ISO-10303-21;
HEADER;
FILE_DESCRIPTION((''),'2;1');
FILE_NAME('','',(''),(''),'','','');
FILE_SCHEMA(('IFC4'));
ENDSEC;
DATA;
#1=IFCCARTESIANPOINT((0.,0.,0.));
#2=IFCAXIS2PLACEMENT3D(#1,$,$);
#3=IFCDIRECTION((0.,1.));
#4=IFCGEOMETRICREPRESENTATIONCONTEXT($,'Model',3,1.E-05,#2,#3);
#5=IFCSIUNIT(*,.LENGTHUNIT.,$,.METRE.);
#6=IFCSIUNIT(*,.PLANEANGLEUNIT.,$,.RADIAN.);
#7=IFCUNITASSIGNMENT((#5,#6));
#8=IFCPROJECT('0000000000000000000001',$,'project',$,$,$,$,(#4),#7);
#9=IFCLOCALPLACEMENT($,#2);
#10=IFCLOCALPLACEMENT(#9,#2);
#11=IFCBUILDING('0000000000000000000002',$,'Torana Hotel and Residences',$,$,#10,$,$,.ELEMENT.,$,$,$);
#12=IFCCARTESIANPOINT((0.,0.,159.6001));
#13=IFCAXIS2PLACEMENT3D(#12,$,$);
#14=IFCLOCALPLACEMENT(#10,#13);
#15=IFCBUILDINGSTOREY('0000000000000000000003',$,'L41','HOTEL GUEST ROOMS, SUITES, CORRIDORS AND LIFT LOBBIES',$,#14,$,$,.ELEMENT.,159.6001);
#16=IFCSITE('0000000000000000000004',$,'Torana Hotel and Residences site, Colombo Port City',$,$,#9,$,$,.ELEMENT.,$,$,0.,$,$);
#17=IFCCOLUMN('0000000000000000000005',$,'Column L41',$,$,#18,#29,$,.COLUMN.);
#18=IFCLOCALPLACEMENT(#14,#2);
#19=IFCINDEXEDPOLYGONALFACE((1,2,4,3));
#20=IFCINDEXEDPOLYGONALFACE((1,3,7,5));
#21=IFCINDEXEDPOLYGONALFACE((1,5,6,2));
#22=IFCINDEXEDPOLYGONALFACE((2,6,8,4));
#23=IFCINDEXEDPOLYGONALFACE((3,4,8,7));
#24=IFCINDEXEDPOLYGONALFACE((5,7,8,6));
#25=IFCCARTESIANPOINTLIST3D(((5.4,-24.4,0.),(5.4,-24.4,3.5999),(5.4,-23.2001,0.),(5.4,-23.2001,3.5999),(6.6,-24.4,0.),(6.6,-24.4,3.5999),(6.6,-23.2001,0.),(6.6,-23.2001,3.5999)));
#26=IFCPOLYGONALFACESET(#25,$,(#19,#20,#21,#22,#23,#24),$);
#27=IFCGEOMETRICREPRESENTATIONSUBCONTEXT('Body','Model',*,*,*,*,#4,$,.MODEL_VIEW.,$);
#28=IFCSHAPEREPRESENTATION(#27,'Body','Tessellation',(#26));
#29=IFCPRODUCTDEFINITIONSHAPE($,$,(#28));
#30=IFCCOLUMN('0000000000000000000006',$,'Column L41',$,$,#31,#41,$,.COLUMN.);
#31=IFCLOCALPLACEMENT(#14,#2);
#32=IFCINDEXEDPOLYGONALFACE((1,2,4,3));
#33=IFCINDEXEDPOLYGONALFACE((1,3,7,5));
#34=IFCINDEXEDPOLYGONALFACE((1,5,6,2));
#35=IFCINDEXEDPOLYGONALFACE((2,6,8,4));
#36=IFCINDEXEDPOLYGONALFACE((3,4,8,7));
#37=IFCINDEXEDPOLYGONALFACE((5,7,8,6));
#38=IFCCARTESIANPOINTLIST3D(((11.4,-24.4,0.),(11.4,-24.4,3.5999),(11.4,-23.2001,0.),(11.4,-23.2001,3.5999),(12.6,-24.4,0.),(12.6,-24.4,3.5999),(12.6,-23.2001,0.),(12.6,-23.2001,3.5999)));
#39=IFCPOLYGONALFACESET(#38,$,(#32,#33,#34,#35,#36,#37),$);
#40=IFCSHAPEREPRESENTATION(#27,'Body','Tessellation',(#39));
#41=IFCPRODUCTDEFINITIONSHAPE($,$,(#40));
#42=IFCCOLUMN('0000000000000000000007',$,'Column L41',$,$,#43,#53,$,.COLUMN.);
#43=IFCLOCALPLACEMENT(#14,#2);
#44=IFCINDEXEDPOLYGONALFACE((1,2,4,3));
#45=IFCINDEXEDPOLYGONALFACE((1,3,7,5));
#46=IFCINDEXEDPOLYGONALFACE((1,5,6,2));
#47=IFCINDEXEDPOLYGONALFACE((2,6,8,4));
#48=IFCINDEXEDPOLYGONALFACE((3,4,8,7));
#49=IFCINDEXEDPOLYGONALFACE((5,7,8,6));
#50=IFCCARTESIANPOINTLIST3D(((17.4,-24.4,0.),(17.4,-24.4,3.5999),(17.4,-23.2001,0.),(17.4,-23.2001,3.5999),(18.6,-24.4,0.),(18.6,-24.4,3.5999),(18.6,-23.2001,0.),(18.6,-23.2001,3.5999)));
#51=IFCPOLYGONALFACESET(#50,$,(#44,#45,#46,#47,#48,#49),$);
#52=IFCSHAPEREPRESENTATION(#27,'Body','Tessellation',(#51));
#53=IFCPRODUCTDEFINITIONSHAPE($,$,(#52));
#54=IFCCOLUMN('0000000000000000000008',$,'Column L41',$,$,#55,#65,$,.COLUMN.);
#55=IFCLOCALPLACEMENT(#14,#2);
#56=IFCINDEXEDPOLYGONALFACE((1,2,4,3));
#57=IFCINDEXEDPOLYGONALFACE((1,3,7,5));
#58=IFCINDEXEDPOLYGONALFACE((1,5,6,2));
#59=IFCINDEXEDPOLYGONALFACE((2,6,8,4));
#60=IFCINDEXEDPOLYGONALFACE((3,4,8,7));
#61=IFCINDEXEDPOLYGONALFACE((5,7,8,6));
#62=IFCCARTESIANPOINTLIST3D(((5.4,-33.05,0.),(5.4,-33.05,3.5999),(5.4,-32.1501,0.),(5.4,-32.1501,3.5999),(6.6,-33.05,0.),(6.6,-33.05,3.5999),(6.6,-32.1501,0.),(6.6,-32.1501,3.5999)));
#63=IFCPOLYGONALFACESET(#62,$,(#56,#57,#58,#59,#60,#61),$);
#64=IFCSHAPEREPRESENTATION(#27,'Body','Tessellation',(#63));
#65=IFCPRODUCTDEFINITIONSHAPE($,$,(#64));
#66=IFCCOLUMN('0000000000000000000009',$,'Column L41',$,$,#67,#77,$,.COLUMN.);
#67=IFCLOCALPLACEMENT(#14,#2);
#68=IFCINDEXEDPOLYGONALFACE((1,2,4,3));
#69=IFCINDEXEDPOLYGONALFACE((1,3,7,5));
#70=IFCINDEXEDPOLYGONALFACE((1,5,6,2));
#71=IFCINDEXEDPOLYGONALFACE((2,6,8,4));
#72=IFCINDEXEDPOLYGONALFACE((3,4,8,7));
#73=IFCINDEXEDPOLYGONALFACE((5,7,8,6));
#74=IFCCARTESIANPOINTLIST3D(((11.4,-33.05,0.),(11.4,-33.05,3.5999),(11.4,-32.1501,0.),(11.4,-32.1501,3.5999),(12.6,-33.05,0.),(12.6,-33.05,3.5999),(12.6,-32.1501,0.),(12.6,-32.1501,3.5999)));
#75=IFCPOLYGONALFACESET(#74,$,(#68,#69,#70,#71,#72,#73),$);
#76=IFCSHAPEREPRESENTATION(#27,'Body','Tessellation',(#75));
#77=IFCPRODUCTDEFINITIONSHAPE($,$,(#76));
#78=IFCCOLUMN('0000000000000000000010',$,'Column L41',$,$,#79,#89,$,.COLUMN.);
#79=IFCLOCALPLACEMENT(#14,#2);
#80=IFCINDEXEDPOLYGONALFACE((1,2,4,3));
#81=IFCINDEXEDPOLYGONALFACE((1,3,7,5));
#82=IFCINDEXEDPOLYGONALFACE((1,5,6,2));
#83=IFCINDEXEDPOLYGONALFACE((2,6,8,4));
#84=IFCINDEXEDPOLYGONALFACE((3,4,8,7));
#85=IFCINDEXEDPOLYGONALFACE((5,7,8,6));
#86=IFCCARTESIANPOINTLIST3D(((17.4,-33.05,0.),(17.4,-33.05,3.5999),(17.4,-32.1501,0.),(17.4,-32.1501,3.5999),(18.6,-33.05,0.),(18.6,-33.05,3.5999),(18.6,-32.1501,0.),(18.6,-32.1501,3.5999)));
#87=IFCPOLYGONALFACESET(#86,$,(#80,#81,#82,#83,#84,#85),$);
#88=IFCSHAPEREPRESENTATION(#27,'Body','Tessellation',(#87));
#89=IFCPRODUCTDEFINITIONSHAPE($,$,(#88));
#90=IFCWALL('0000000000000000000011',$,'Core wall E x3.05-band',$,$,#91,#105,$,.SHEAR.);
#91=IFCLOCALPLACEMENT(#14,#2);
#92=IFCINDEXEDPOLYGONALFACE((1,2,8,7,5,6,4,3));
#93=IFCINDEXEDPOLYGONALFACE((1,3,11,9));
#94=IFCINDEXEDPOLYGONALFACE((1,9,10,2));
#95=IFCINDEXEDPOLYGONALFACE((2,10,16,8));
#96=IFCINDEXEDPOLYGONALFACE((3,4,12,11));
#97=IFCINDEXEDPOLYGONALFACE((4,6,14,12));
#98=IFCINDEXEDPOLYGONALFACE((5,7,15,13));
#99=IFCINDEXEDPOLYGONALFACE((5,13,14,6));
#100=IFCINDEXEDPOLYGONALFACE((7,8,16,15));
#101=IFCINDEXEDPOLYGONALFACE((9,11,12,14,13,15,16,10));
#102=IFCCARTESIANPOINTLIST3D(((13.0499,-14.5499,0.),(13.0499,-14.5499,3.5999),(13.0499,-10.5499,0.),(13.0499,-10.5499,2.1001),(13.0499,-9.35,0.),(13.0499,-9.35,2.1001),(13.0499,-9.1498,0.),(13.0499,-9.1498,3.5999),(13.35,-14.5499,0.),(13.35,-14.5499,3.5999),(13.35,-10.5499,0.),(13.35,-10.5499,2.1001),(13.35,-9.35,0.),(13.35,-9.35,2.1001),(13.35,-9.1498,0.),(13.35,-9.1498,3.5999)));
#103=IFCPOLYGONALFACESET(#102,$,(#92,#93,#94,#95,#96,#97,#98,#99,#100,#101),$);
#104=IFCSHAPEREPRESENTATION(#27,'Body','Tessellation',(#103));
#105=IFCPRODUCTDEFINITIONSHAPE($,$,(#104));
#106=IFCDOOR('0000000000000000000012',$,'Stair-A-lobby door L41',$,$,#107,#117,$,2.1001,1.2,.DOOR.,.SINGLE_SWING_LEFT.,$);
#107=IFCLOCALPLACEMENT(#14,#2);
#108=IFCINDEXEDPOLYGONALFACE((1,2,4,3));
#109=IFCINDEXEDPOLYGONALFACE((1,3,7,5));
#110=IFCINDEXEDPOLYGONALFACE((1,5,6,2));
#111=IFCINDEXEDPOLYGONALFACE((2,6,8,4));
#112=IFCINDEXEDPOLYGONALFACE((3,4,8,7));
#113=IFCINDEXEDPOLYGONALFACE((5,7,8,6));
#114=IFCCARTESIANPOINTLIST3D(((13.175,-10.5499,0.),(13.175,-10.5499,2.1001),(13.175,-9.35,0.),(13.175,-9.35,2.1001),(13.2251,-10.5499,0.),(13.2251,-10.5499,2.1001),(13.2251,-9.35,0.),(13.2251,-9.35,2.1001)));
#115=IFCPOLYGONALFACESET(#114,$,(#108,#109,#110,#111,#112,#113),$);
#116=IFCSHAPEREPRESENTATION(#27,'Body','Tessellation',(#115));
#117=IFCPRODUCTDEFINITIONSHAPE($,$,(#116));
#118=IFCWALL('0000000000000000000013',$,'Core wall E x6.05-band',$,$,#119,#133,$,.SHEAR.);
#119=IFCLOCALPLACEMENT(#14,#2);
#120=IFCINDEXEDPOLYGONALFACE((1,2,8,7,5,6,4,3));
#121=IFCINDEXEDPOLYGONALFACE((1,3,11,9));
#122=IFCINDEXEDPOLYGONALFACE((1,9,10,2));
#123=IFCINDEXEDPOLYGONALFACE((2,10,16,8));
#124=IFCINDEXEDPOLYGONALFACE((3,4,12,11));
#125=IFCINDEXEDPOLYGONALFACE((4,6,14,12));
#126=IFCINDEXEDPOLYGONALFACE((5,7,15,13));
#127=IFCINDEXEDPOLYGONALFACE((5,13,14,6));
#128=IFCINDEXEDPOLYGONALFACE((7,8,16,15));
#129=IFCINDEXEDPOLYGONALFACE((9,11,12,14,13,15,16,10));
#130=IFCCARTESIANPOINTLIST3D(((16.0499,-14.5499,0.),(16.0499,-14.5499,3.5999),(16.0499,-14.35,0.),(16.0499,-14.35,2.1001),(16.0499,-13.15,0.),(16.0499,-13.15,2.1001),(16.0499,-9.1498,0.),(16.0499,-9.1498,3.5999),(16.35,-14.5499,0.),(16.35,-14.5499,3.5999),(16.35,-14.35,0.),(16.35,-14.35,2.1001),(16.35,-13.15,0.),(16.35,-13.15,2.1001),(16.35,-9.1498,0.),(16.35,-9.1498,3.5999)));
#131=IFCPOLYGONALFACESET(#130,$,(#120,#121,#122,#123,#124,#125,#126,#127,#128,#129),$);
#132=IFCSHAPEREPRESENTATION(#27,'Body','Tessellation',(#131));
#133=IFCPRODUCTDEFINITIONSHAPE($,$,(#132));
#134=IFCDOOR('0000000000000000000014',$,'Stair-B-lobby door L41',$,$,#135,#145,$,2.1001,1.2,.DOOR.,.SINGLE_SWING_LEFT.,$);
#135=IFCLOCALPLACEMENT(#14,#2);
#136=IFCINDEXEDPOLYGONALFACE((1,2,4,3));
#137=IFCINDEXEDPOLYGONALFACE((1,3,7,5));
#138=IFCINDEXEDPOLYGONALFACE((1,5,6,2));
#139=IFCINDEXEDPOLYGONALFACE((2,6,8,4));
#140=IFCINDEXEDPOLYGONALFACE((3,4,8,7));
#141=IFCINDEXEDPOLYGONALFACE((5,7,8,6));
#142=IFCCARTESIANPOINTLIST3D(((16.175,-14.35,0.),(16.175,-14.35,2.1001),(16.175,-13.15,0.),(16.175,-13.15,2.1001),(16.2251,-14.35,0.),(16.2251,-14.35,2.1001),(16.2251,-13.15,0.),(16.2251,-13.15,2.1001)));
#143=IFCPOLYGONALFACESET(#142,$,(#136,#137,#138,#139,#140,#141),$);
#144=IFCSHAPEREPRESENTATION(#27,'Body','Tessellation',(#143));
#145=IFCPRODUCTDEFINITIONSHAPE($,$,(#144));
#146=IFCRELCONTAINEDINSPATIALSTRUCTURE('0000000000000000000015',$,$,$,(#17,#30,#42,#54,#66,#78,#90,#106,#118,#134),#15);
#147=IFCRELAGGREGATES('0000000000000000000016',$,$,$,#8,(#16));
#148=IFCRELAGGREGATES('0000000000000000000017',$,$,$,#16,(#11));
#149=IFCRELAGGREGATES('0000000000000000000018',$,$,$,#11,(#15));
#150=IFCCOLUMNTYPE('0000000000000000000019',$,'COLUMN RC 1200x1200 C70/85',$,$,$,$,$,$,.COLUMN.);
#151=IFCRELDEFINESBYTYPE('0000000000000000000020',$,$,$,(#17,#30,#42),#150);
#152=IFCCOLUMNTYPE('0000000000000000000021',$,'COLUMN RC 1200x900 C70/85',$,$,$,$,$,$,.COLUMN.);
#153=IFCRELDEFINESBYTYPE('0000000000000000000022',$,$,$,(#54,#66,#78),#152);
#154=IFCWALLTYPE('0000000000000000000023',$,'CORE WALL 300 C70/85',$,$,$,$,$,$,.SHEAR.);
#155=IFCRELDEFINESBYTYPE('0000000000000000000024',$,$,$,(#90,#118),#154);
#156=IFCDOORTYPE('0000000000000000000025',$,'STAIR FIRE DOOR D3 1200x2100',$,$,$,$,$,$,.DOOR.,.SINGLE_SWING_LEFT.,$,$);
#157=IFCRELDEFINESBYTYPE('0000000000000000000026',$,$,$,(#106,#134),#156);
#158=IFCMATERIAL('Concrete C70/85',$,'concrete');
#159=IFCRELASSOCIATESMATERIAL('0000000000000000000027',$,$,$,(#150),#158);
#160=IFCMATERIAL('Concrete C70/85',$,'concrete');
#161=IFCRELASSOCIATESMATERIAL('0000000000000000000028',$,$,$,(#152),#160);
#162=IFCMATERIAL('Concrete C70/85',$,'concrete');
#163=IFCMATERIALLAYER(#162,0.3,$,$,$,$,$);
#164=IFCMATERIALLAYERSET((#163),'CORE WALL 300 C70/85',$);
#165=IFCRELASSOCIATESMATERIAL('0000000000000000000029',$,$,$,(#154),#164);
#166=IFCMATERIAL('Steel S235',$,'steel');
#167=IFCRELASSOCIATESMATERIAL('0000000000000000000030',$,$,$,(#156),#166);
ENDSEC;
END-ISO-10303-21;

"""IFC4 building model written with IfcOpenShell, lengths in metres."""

from ifc_helpers import new_model, si_unit, direction, frame, frame_2d, origin, origin_2d, place, context, subcontext, project, spatial, rectangle, extrude, material, layer, layer_set, material_profile, profile_set, type_object, element, fill, save


model = new_model("IFC4")

# Units and contexts
model_context = context("Model", 3, precision=1e-05, world=origin(), true_north=direction((0.0, 1.0)))
body_context = subcontext(model_context, "Body", "Model", "MODEL_VIEW")
ifc_project = project(units=[si_unit("LENGTHUNIT", "METRE"), si_unit("PLANEANGLEUNIT", "RADIAN")], contexts=[model_context])

# Site, building, storey
site_placement = place(None, origin())
site = spatial("IfcSite", under=ifc_project, at=site_placement, Name="Torana Hotel and Residences site, Colombo Port City", CompositionType="ELEMENT", RefElevation=0.0)
building_placement = place(site_placement, origin())
building = spatial("IfcBuilding", under=site, at=building_placement, Name="Torana Hotel and Residences", CompositionType="ELEMENT")
storey_placement = place(building_placement, frame((0.0, 0.0, 159.6001)))
storey = spatial("IfcBuildingStorey", under=building, at=storey_placement, Name="L41", Description="HOTEL GUEST ROOMS, SUITES, CORRIDORS AND LIFT LOBBIES", CompositionType="ELEMENT", Elevation=159.6001)

# Columns
ifc_material_1 = material(Name="Concrete C70/85", Category="concrete")
ifc_material_profile_1 = material_profile(ifc_material_1, rectangle(XDim=1.2, YDim=1.2, at=origin_2d()), Name="RC 1200x1200")
ifc_profile_set_1 = profile_set([ifc_material_profile_1], Name="Concrete C70/85")
column_type_1 = type_object("IfcColumnType", Name="COLUMN RC 1200x1200 C70/85", PredefinedType="COLUMN", material=ifc_profile_set_1)
for number, where, z_axis, x_axis, name in (
    (1, (6.0, -23.8, 0.0), (0.0, 0.0, 1.0), (1.0, 0.0, 0.0), "Column L41"),
    (2, (12.0, -23.8, 0.0), (0.0, 0.0, 1.0), (1.0, 0.0, 0.0), "Column L41"),
    (3, (18.0, -23.8, 0.0), (0.0, 0.0, 1.0), (1.0, 0.0, 0.0), "Column L41"),
):
    element("IfcColumn", number, at=place(storey_placement, frame(where, z_axis=z_axis, x_axis=x_axis)), inside=storey, type_object=column_type_1, Name=name, PredefinedType="COLUMN", context=body_context, shape_type="SweptSolid", body=[
        extrude(rectangle(XDim=1.2, YDim=1.2, at=origin_2d()), origin(), (0.0, 0.0, 1.0), 3.5999),
    ])
ifc_material_2 = material(Name="Concrete C70/85", Category="concrete")
ifc_material_profile_2 = material_profile(ifc_material_2, rectangle(XDim=1.2, YDim=0.8999, at=origin_2d()), Name="RC 1200x900")
ifc_profile_set_2 = profile_set([ifc_material_profile_2], Name="Concrete C70/85")
column_type_2 = type_object("IfcColumnType", Name="COLUMN RC 1200x900 C70/85", PredefinedType="COLUMN", material=ifc_profile_set_2)
for number, where, z_axis, x_axis, name in (
    (4, (6.0, -32.6001, 0.0), (0.0, 0.0, 1.0), (1.0, 0.0, 0.0), "Column L41"),
    (5, (12.0, -32.6001, 0.0), (0.0, 0.0, 1.0), (1.0, 0.0, 0.0), "Column L41"),
    (6, (18.0, -32.6001, 0.0), (0.0, 0.0, 1.0), (1.0, 0.0, 0.0), "Column L41"),
):
    element("IfcColumn", number, at=place(storey_placement, frame(where, z_axis=z_axis, x_axis=x_axis)), inside=storey, type_object=column_type_2, Name=name, PredefinedType="COLUMN", context=body_context, shape_type="SweptSolid", body=[
        extrude(rectangle(XDim=1.2, YDim=0.8999, at=origin_2d()), origin(), (0.0, 0.0, 1.0), 3.5999),
    ])

# Walls, openings, doors
ifc_material_3 = material(Name="Concrete C70/85", Category="concrete")
ifc_layer_1 = layer(ifc_material_3, 0.3)
ifc_layer_set_1 = layer_set([ifc_layer_1], Name="CORE WALL 300 C70/85")
wall_type_1 = type_object("IfcWallType", Name="CORE WALL 300 C70/85", PredefinedType="SHEAR", material=ifc_layer_set_1)
wall_1_placement = place(storey_placement, frame((13.2, -14.55, 0.0), z_axis=(0.0, 0.0, 1.0), x_axis=(0.0, 1.0, 0.0)))
wall_1 = element("IfcWall", 7, at=wall_1_placement, inside=storey, type_object=wall_type_1, Name="Core wall E x3.05-band", PredefinedType="SHEAR", context=body_context, shape_type="SweptSolid", body=[
    extrude(rectangle(XDim=5.4001, YDim=0.3, at=frame_2d((2.7002, 0.0))), origin(), (0.0, 0.0, 1.0), 3.5999),
])
opening_1_placement = place(wall_1_placement, frame((4.0, 0.0, 0.0)))
opening_1 = element("IfcOpeningElement", 8, at=opening_1_placement, cuts=wall_1, PredefinedType="OPENING", context=body_context, shape_type="SweptSolid", body=[
    extrude(rectangle(XDim=1.2, YDim=2.1001, at=frame_2d((0.6001, 1.05))), frame((0.0, 0.1599, 0.0), z_axis=(0.0, -1.0, 0.0), x_axis=(1.0, 0.0, 0.0)), (0.0, 0.0, 1.0), 0.3201),
])
ifc_material_4 = material(Name="Steel S235", Category="steel")
door_type_1 = type_object("IfcDoorType", Name="STAIR FIRE DOOR D3 1200x2100", OperationType="SINGLE_SWING_LEFT", PredefinedType="DOOR", material=ifc_material_4)
door_1_placement = place(opening_1_placement, origin())
door_1 = element("IfcDoor", 9, at=door_1_placement, inside=storey, type_object=door_type_1, Name="Stair-A-lobby door L41", OperationType="SINGLE_SWING_LEFT", OverallHeight=2.1001, OverallWidth=1.2, PredefinedType="DOOR", context=body_context, shape_type="SweptSolid", body=[
    extrude(rectangle(XDim=1.2, YDim=2.1001, at=frame_2d((0.6001, 1.05))), frame((0.0, 0.0249, 0.0), z_axis=(0.0, -1.0, 0.0), x_axis=(1.0, 0.0, 0.0)), (0.0, 0.0, 1.0), 0.05),
])
fill(opening_1, door_1)
wall_2_placement = place(storey_placement, frame((16.2, -14.55, 0.0), z_axis=(0.0, 0.0, 1.0), x_axis=(0.0, 1.0, 0.0)))
wall_2 = element("IfcWall", 10, at=wall_2_placement, inside=storey, type_object=wall_type_1, Name="Core wall E x6.05-band", PredefinedType="SHEAR", context=body_context, shape_type="SweptSolid", body=[
    extrude(rectangle(XDim=5.4001, YDim=0.3, at=frame_2d((2.7002, 0.0))), origin(), (0.0, 0.0, 1.0), 3.5999),
])
opening_2_placement = place(wall_2_placement, frame((0.2, 0.0, 0.0)))
opening_2 = element("IfcOpeningElement", 11, at=opening_2_placement, cuts=wall_2, PredefinedType="OPENING", context=body_context, shape_type="SweptSolid", body=[
    extrude(rectangle(XDim=1.2, YDim=2.1001, at=frame_2d((0.6001, 1.05))), frame((0.0, 0.1599, 0.0), z_axis=(0.0, -1.0, 0.0), x_axis=(1.0, 0.0, 0.0)), (0.0, 0.0, 1.0), 0.3201),
])
door_2_placement = place(opening_2_placement, frame((0.6001, 0.0, 0.0), z_axis=(0.0, 0.0, 1.0), x_axis=(-1.0, 0.0, 0.0)))
door_2 = element("IfcDoor", 12, at=door_2_placement, inside=storey, type_object=door_type_1, Name="Stair-B-lobby door L41", OperationType="SINGLE_SWING_LEFT", OverallHeight=2.1001, OverallWidth=1.2, PredefinedType="DOOR", context=body_context, shape_type="SweptSolid", body=[
    extrude(rectangle(XDim=1.2, YDim=2.1001, at=frame_2d((0.0, 1.05))), frame((0.0, -0.0249, 0.0), z_axis=(0.0, 1.0, 0.0), x_axis=(-1.0, 0.0, 0.0)), (0.0, 0.0, 1.0), 0.05),
])
fill(opening_2, door_2)

save(model, "model.ifc")
